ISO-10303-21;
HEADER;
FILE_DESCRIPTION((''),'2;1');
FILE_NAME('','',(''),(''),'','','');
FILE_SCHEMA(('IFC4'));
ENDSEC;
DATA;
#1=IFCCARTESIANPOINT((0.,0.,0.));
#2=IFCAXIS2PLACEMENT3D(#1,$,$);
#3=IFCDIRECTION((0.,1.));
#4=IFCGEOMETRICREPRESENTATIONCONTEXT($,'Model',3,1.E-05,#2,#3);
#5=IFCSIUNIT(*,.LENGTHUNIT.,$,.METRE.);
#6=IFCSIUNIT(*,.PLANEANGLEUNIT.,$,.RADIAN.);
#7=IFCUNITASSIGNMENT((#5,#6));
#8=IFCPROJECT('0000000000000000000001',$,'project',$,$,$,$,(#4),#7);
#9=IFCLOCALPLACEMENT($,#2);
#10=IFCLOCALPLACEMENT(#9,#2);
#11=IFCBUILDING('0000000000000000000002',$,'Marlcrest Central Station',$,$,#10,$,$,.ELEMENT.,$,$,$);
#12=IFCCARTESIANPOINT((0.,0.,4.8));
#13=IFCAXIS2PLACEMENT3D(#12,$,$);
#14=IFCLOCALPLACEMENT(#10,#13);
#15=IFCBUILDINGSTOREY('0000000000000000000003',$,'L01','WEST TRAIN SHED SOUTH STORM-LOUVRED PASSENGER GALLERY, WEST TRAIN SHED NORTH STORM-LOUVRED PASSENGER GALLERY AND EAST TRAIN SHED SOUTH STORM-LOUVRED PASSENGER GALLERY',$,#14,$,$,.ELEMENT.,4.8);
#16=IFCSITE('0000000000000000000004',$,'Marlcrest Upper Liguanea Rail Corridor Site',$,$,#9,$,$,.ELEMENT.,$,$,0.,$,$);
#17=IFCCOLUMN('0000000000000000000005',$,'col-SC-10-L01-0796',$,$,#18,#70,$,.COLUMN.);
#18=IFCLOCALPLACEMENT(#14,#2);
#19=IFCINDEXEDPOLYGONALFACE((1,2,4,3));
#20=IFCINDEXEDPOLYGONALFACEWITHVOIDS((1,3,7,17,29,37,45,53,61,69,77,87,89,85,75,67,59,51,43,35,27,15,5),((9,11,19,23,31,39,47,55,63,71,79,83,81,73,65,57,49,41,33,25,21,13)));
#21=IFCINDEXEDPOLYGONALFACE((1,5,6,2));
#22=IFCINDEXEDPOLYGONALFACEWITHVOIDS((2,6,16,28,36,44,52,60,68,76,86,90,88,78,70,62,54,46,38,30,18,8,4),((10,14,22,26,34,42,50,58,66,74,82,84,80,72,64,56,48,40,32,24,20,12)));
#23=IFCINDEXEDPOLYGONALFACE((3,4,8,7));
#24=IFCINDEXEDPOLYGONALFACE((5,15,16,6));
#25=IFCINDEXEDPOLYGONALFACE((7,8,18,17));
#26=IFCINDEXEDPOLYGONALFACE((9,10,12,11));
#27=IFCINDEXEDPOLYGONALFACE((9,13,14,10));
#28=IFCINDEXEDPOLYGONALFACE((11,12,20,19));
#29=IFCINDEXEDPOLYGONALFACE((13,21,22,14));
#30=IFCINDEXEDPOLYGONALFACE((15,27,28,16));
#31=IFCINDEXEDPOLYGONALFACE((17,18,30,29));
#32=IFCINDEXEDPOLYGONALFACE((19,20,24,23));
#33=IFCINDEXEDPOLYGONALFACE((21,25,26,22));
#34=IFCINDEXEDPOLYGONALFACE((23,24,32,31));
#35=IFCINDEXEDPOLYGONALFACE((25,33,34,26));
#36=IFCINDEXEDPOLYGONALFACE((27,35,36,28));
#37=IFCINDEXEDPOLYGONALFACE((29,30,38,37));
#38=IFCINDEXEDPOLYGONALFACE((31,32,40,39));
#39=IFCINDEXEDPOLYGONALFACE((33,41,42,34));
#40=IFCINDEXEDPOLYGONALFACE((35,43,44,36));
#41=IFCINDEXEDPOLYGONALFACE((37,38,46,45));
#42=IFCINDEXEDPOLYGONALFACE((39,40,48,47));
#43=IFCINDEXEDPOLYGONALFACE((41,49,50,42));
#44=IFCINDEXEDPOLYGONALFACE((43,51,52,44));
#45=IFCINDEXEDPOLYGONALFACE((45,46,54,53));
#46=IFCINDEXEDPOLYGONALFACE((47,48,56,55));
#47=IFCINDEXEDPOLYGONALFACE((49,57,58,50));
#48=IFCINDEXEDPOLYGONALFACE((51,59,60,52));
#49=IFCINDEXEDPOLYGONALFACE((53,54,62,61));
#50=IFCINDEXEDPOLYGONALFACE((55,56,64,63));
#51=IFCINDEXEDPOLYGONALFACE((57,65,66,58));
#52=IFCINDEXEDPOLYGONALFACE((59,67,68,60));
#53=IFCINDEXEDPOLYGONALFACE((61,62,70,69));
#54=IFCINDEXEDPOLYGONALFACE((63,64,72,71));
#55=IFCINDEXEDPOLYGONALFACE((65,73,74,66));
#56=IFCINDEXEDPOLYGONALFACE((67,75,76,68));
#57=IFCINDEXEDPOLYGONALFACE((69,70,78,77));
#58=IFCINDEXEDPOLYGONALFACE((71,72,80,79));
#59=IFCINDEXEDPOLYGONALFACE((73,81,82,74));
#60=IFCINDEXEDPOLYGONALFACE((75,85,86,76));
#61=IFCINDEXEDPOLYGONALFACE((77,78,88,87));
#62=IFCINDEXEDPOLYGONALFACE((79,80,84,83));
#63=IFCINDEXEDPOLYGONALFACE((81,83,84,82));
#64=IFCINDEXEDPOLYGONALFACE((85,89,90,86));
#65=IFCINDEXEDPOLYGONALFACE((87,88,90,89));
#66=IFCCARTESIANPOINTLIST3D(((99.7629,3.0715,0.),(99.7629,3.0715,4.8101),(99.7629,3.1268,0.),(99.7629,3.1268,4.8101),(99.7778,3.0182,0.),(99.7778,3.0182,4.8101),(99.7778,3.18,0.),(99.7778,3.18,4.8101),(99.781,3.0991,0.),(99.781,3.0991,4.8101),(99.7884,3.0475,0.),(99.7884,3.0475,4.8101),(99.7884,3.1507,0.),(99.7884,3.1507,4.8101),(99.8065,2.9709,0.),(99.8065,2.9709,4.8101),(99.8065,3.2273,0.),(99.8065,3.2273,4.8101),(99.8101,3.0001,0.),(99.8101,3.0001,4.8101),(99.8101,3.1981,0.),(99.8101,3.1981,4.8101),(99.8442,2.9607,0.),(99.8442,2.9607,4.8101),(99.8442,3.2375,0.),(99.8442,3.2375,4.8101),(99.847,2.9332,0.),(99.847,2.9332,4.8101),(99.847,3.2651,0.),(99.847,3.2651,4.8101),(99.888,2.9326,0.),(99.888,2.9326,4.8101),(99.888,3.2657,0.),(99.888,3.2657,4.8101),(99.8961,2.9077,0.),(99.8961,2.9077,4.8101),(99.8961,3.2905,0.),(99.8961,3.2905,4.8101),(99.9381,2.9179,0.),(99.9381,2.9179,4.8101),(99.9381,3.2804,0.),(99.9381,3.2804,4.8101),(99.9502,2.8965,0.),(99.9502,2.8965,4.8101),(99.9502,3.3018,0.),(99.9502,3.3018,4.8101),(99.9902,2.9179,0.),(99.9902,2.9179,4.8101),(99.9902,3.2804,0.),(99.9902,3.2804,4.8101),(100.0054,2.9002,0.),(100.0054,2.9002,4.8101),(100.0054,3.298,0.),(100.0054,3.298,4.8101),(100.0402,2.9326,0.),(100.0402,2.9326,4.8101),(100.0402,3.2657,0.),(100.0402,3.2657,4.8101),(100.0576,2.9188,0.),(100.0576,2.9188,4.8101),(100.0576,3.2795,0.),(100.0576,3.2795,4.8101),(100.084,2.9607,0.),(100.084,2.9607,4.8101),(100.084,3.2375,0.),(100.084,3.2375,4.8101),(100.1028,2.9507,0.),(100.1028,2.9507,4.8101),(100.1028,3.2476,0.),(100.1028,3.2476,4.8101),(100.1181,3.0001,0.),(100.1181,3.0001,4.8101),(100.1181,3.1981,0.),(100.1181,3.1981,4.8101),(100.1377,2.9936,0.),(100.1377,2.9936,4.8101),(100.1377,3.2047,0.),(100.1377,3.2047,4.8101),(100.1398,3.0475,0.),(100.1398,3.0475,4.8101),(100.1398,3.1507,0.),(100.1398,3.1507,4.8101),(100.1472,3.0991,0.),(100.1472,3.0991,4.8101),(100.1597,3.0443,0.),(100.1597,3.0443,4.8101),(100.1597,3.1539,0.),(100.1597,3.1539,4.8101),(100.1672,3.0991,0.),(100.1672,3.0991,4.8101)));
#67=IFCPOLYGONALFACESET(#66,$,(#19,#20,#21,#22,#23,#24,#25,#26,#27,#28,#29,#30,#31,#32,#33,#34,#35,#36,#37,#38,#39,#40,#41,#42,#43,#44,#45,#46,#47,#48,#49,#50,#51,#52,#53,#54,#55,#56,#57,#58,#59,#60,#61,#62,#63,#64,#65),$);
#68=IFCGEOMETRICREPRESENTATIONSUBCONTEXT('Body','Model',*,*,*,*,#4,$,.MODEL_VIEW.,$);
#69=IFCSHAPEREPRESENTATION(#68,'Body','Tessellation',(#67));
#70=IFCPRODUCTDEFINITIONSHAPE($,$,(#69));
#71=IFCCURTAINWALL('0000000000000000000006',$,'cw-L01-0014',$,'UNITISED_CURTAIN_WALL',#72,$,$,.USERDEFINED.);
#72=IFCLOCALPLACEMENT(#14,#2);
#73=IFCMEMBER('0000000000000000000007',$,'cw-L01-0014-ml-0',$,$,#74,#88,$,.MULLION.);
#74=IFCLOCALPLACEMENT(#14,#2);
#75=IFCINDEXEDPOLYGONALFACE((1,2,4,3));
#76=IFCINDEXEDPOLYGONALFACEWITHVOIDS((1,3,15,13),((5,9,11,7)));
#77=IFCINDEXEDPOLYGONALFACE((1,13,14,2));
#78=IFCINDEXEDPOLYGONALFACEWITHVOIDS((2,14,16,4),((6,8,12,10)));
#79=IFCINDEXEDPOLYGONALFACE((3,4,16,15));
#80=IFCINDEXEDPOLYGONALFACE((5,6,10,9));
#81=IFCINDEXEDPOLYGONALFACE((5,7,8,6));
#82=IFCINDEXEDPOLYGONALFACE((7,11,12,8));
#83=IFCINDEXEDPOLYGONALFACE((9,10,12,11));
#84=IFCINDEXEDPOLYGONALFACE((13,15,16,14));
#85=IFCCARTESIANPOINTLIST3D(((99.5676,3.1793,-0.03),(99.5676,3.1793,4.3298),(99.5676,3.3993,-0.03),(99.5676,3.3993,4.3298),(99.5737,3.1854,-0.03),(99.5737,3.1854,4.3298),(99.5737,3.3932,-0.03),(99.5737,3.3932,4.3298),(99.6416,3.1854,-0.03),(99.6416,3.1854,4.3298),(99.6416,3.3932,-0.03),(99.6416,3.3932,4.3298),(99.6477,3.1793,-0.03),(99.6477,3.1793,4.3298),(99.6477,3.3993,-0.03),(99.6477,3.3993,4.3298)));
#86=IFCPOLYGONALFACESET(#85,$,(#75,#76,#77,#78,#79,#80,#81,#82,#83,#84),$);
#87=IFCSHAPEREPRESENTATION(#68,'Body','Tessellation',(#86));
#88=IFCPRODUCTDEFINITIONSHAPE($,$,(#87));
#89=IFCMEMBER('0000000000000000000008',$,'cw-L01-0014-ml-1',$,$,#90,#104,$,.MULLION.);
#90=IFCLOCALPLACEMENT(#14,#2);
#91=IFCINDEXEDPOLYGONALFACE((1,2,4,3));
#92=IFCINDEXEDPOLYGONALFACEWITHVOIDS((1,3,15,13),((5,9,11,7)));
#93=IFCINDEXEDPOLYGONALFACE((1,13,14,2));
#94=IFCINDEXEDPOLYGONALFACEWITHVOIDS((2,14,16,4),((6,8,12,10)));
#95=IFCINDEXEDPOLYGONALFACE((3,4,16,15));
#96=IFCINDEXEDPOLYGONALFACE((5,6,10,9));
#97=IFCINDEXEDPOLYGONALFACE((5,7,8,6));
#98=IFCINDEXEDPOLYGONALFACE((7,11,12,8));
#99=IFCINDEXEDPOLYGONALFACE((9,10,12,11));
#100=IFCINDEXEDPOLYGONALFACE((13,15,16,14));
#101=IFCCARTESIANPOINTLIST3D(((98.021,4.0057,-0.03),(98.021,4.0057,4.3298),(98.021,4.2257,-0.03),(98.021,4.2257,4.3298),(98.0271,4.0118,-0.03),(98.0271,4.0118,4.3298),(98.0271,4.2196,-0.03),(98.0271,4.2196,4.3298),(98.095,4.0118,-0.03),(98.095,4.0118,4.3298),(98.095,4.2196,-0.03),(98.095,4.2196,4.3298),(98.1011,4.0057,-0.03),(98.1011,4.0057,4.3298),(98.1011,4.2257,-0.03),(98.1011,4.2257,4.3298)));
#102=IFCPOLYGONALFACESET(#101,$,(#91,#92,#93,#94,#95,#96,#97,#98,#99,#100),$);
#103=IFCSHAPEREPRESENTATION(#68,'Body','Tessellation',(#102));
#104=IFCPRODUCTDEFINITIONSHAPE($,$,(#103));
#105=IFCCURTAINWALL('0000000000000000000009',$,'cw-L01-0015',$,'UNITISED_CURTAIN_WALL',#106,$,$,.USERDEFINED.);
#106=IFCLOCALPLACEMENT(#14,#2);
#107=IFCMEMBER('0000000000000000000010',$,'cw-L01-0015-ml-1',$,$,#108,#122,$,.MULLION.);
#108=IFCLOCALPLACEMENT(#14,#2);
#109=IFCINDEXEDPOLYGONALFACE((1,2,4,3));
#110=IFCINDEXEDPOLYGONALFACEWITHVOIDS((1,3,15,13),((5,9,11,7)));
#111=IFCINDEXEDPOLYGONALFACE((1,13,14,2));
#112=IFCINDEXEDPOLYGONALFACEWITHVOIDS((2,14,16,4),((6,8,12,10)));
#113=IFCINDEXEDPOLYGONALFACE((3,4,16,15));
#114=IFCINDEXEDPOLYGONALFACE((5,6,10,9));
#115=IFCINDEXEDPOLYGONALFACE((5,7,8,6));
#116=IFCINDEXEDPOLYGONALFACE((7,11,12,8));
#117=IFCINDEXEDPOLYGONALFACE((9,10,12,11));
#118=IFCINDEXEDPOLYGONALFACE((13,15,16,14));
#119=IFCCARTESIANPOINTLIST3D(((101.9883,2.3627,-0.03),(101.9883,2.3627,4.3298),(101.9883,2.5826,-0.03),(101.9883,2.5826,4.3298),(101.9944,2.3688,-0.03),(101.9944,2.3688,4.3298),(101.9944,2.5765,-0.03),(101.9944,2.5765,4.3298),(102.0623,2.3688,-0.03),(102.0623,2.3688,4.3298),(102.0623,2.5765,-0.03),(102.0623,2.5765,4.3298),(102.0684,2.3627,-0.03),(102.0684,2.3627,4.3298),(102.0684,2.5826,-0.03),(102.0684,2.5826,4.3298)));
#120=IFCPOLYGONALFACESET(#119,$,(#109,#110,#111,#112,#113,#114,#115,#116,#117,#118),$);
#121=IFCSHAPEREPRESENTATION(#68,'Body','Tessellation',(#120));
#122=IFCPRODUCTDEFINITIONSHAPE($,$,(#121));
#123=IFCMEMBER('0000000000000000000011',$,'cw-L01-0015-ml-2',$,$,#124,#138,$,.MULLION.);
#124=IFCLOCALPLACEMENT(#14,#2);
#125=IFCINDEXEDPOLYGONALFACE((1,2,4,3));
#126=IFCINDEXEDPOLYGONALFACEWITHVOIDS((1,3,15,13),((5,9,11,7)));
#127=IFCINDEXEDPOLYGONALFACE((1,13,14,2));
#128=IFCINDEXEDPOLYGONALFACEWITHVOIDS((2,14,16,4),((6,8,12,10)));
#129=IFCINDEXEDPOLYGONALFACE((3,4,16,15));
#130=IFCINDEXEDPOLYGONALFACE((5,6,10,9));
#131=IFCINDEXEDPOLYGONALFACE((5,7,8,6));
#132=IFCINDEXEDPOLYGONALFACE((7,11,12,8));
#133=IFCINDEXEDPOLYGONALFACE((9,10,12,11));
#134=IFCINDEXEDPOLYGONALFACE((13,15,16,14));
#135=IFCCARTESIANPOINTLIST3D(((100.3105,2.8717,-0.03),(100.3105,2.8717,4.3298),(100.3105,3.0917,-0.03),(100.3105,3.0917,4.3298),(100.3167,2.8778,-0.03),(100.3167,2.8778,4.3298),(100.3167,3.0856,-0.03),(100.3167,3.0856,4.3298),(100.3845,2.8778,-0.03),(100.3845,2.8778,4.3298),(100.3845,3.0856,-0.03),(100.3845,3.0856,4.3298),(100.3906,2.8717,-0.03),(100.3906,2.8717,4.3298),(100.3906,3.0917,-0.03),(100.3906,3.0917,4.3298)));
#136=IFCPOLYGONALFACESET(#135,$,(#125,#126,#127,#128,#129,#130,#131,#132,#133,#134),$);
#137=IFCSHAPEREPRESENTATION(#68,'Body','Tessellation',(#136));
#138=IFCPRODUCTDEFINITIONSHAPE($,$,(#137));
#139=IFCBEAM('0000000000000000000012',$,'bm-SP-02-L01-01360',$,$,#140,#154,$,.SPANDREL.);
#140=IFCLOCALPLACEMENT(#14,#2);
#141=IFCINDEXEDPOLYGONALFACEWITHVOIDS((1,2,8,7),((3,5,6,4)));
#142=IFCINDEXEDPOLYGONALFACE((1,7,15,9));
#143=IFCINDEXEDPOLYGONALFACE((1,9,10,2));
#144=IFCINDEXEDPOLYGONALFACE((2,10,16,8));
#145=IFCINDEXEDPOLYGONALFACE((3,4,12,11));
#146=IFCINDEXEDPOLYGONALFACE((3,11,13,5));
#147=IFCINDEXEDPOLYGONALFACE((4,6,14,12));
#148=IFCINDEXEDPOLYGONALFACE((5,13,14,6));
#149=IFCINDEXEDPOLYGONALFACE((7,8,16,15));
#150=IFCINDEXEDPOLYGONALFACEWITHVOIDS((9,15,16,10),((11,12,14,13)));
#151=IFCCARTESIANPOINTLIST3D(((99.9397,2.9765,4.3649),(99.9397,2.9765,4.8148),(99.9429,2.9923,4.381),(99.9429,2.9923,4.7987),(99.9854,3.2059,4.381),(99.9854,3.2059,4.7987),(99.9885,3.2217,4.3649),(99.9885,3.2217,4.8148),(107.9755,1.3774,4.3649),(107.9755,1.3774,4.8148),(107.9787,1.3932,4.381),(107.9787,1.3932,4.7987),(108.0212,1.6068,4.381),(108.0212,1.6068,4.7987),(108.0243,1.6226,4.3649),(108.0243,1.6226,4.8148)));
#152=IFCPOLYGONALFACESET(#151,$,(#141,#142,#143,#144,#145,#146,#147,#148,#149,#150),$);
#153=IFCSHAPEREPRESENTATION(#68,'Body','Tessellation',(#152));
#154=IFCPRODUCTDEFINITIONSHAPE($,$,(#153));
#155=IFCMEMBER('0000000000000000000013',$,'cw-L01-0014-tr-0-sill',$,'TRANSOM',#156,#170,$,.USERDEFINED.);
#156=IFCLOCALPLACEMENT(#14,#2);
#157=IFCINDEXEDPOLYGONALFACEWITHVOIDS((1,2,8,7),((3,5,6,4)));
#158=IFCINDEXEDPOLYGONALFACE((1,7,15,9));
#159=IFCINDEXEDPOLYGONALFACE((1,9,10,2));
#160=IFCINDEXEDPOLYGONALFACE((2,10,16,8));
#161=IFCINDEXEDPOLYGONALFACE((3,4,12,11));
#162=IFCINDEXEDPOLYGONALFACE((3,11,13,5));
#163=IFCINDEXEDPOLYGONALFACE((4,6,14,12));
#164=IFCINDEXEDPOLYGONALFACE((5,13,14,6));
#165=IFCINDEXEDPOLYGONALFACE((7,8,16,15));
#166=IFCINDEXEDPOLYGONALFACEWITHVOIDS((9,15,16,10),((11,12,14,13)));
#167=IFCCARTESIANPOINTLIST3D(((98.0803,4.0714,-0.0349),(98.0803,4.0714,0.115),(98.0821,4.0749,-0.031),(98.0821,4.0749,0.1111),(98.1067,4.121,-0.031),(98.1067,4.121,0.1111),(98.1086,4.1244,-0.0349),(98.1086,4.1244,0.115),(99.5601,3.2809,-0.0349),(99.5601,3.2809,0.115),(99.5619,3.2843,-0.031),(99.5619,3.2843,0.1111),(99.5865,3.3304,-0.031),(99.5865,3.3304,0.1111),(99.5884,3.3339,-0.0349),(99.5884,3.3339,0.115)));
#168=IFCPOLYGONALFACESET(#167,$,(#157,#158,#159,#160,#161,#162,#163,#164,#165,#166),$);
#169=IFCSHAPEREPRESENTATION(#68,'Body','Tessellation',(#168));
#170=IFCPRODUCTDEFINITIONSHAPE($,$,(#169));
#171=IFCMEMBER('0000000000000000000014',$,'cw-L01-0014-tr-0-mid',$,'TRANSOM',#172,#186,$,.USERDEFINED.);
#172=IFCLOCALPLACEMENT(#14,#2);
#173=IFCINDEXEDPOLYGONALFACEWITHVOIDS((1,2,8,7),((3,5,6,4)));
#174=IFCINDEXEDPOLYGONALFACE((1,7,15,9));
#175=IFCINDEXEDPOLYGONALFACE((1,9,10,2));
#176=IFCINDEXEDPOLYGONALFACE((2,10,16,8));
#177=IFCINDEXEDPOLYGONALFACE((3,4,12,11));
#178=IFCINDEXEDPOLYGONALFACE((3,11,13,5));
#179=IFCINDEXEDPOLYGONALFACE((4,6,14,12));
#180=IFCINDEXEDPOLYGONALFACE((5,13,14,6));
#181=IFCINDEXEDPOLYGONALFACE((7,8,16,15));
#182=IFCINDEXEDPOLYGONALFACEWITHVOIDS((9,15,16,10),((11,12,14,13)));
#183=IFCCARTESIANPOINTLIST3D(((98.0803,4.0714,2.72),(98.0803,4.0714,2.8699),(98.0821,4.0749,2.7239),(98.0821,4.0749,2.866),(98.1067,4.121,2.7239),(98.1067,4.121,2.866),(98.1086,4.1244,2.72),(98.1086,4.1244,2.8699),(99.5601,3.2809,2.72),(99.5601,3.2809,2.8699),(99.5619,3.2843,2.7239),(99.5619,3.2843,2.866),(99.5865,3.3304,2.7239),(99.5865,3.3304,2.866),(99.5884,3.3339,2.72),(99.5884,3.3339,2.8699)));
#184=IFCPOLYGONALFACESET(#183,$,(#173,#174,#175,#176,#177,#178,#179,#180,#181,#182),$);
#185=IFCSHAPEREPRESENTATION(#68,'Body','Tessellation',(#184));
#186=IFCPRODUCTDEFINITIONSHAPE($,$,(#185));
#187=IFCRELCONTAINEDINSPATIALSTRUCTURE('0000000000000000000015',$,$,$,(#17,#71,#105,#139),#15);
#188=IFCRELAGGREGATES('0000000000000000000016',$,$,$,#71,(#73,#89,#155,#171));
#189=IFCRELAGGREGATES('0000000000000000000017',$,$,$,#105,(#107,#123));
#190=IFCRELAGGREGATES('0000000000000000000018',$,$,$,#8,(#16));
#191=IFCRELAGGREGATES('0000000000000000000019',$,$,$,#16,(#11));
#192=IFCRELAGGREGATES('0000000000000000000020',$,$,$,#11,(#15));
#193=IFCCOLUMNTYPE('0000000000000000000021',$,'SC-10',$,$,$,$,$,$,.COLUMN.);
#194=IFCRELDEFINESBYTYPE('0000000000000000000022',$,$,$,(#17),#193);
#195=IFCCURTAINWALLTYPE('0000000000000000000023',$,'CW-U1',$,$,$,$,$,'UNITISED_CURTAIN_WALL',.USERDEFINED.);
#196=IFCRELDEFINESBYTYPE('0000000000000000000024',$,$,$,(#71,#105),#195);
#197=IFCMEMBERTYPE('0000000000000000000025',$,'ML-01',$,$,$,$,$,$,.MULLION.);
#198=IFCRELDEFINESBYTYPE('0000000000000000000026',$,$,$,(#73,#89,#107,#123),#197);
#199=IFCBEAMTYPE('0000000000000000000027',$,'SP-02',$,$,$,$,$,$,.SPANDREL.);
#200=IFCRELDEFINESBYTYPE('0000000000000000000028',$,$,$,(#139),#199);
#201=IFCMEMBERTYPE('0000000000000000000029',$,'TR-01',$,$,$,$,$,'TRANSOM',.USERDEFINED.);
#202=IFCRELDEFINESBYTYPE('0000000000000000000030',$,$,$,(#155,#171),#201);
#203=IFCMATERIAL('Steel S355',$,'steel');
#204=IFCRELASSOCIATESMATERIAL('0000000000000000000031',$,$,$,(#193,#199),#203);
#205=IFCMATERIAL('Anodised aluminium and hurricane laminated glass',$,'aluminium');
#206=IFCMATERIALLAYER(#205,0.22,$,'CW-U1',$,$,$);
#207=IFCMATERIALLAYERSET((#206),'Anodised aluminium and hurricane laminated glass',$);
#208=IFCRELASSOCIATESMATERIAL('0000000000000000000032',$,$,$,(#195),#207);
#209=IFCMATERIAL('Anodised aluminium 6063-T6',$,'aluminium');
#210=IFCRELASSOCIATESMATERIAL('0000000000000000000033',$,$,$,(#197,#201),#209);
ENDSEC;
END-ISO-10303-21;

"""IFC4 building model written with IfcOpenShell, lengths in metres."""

from ifc_helpers import new_model, si_unit, direction, frame, origin, origin_2d, place, context, subcontext, project, spatial, hollow_rectangle, hollow_circle, extrude, material, layer, layer_set, material_profile, profile_set, type_object, element, aggregate, save


model = new_model("IFC4")

# Units and contexts
model_context = context("Model", 3, precision=1e-05, world=origin(), true_north=direction((0.0, 1.0)))
body_context = subcontext(model_context, "Body", "Model", "MODEL_VIEW")
ifc_project = project(units=[si_unit("LENGTHUNIT", "METRE"), si_unit("PLANEANGLEUNIT", "RADIAN")], contexts=[model_context])

# Site, building, storey
site_placement = place(None, origin())
site = spatial("IfcSite", under=ifc_project, at=site_placement, Name="Marlcrest Upper Liguanea Rail Corridor Site", CompositionType="ELEMENT", RefElevation=0.0)
building_placement = place(site_placement, origin())
building = spatial("IfcBuilding", under=site, at=building_placement, Name="Marlcrest Central Station", CompositionType="ELEMENT")
storey_placement = place(building_placement, frame((0.0, 0.0, 4.8)))
storey = spatial("IfcBuildingStorey", under=building, at=storey_placement, Name="L01", Description="WEST TRAIN SHED SOUTH STORM-LOUVRED PASSENGER GALLERY, WEST TRAIN SHED NORTH STORM-LOUVRED PASSENGER GALLERY AND EAST TRAIN SHED SOUTH STORM-LOUVRED PASSENGER GALLERY", CompositionType="ELEMENT", Elevation=4.8)

# Column
ifc_material_1 = material(Name="Steel S355", Category="steel")
ifc_material_profile_1 = material_profile(ifc_material_1, hollow_circle(Radius=0.2031, WallThickness=0.02, at=origin_2d()), Name="CHS 406.4x20")
ifc_profile_set_1 = profile_set([ifc_material_profile_1], Name="Steel S355")
column_type = type_object("IfcColumnType", Name="SC-10", PredefinedType="COLUMN", material=ifc_profile_set_1)
column_placement = place(storey_placement, frame((99.9641, 3.0991, 0.0), z_axis=(0.0, 0.0, 1.0), x_axis=(1.0, 0.0, 0.0)))
element("IfcColumn", 1, at=column_placement, inside=storey, type_object=column_type, Name="col-SC-10-L01-0796", PredefinedType="COLUMN", context=body_context, shape_type="SweptSolid", body=[
    extrude(hollow_circle(Radius=0.2031, WallThickness=0.02, at=origin_2d()), origin(), (0.0, 0.0, 1.0), 4.8101),
])

# Curtain walls, members
ifc_material_2 = material(Name="Anodised aluminium and hurricane laminated glass", Category="aluminium")
ifc_layer_1 = layer(ifc_material_2, 0.22, Name="CW-U1")
ifc_layer_set_1 = layer_set([ifc_layer_1], Name="Anodised aluminium and hurricane laminated glass")
curtain_wall_type = type_object("IfcCurtainWallType", Name="CW-U1", ElementType="UNITISED_CURTAIN_WALL", PredefinedType="USERDEFINED", material=ifc_layer_set_1)
curtain_wall_1_placement = place(storey_placement, origin())
curtain_wall_1 = element("IfcCurtainWall", 2, at=curtain_wall_1_placement, inside=storey, type_object=curtain_wall_type, Name="cw-L01-0014", ObjectType="UNITISED_CURTAIN_WALL", PredefinedType="USERDEFINED")
ifc_material_3 = material(Name="Anodised aluminium 6063-T6", Category="aluminium")
ifc_material_profile_2 = material_profile(ifc_material_3, hollow_rectangle(XDim=0.0801, YDim=0.22, WallThickness=0.0061, at=origin_2d()), Name="AA-RHS 220x80x6")
ifc_profile_set_2 = profile_set([ifc_material_profile_2], Name="Anodised aluminium 6063-T6")
member_type_1 = type_object("IfcMemberType", Name="ML-01", PredefinedType="MULLION", material=ifc_profile_set_2)
member_1_placement = place(storey_placement, frame((99.6077, 3.2893, -0.03), z_axis=(0.0, 0.0, 1.0), x_axis=(1.0, 0.0, 0.0)))
member_1 = element("IfcMember", 3, at=member_1_placement, type_object=member_type_1, Name="cw-L01-0014-ml-0", PredefinedType="MULLION", context=body_context, shape_type="SweptSolid", body=[
    extrude(hollow_rectangle(XDim=0.0801, YDim=0.22, WallThickness=0.0061, at=origin_2d()), origin(), (0.0, 0.0, 1.0), 4.3599),
])
member_2_placement = place(storey_placement, frame((98.061, 4.1157, -0.03), z_axis=(0.0, 0.0, 1.0), x_axis=(1.0, 0.0, 0.0)))
member_2 = element("IfcMember", 4, at=member_2_placement, type_object=member_type_1, Name="cw-L01-0014-ml-1", PredefinedType="MULLION", context=body_context, shape_type="SweptSolid", body=[
    extrude(hollow_rectangle(XDim=0.0801, YDim=0.22, WallThickness=0.0061, at=origin_2d()), origin(), (0.0, 0.0, 1.0), 4.3599),
])
curtain_wall_2_placement = place(storey_placement, origin())
curtain_wall_2 = element("IfcCurtainWall", 5, at=curtain_wall_2_placement, inside=storey, type_object=curtain_wall_type, Name="cw-L01-0015", ObjectType="UNITISED_CURTAIN_WALL", PredefinedType="USERDEFINED")
member_3_placement = place(storey_placement, frame((102.0283, 2.4727, -0.03), z_axis=(0.0, 0.0, 1.0), x_axis=(1.0, 0.0, 0.0)))
member_3 = element("IfcMember", 6, at=member_3_placement, type_object=member_type_1, Name="cw-L01-0015-ml-1", PredefinedType="MULLION", context=body_context, shape_type="SweptSolid", body=[
    extrude(hollow_rectangle(XDim=0.0801, YDim=0.22, WallThickness=0.0061, at=origin_2d()), origin(), (0.0, 0.0, 1.0), 4.3599),
])
member_4_placement = place(storey_placement, frame((100.3506, 2.9817, -0.03), z_axis=(0.0, 0.0, 1.0), x_axis=(1.0, 0.0, 0.0)))
member_4 = element("IfcMember", 7, at=member_4_placement, type_object=member_type_1, Name="cw-L01-0015-ml-2", PredefinedType="MULLION", context=body_context, shape_type="SweptSolid", body=[
    extrude(hollow_rectangle(XDim=0.0801, YDim=0.22, WallThickness=0.0061, at=origin_2d()), origin(), (0.0, 0.0, 1.0), 4.3599),
])

# Beam
ifc_material_profile_3 = material_profile(ifc_material_1, hollow_rectangle(XDim=0.25, YDim=0.45, WallThickness=0.0161, at=origin_2d()), Name="RHS 450x250x16")
ifc_profile_set_3 = profile_set([ifc_material_profile_3], Name="Steel S355")
beam_type = type_object("IfcBeamType", Name="SP-02", PredefinedType="SPANDREL", material=ifc_profile_set_3)
beam_placement = place(storey_placement, frame((99.9641, 3.0991, 4.5898), z_axis=(0.980769, -0.195171, 0.0), x_axis=(0.195171, 0.980769, 0.0)))
element("IfcBeam", 8, at=beam_placement, inside=storey, type_object=beam_type, Name="bm-SP-02-L01-01360", PredefinedType="SPANDREL", context=body_context, shape_type="SweptSolid", body=[
    extrude(hollow_rectangle(XDim=0.25, YDim=0.45, WallThickness=0.0161, at=origin_2d()), origin(), (0.0, 0.0, 1.0), 8.1934),
])

# Members
ifc_material_profile_4 = material_profile(ifc_material_3, hollow_rectangle(XDim=0.0601, YDim=0.1499, WallThickness=0.0039, at=origin_2d()), Name="AA-RHS 150x60x4")
ifc_profile_set_4 = profile_set([ifc_material_profile_4], Name="Anodised aluminium 6063-T6")
member_type_2 = type_object("IfcMemberType", Name="TR-01", ElementType="TRANSOM", PredefinedType="USERDEFINED", material=ifc_profile_set_4)
member_5_placement = place(storey_placement, frame((99.5742, 3.3074, 0.04), z_axis=(-0.882022, 0.471207, 0.0), x_axis=(-0.471207, -0.882022, 0.0)))
member_5 = element("IfcMember", 9, at=member_5_placement, type_object=member_type_2, Name="cw-L01-0014-tr-0-sill", ObjectType="TRANSOM", PredefinedType="USERDEFINED", context=body_context, shape_type="SweptSolid", body=[
    extrude(hollow_rectangle(XDim=0.0601, YDim=0.1499, WallThickness=0.0039, at=origin_2d()), origin(), (0.0, 0.0, 1.0), 1.6777),
])
member_6_placement = place(storey_placement, frame((99.5742, 3.3074, 2.7949), z_axis=(-0.882022, 0.471207, 0.0), x_axis=(-0.471207, -0.882022, 0.0)))
member_6 = element("IfcMember", 10, at=member_6_placement, type_object=member_type_2, Name="cw-L01-0014-tr-0-mid", ObjectType="TRANSOM", PredefinedType="USERDEFINED", context=body_context, shape_type="SweptSolid", body=[
    extrude(hollow_rectangle(XDim=0.0601, YDim=0.1499, WallThickness=0.0039, at=origin_2d()), origin(), (0.0, 0.0, 1.0), 1.6777),
])

aggregate(curtain_wall_1, [member_1, member_2, member_5, member_6])
aggregate(curtain_wall_2, [member_3, member_4])

save(model, "model.ifc")
